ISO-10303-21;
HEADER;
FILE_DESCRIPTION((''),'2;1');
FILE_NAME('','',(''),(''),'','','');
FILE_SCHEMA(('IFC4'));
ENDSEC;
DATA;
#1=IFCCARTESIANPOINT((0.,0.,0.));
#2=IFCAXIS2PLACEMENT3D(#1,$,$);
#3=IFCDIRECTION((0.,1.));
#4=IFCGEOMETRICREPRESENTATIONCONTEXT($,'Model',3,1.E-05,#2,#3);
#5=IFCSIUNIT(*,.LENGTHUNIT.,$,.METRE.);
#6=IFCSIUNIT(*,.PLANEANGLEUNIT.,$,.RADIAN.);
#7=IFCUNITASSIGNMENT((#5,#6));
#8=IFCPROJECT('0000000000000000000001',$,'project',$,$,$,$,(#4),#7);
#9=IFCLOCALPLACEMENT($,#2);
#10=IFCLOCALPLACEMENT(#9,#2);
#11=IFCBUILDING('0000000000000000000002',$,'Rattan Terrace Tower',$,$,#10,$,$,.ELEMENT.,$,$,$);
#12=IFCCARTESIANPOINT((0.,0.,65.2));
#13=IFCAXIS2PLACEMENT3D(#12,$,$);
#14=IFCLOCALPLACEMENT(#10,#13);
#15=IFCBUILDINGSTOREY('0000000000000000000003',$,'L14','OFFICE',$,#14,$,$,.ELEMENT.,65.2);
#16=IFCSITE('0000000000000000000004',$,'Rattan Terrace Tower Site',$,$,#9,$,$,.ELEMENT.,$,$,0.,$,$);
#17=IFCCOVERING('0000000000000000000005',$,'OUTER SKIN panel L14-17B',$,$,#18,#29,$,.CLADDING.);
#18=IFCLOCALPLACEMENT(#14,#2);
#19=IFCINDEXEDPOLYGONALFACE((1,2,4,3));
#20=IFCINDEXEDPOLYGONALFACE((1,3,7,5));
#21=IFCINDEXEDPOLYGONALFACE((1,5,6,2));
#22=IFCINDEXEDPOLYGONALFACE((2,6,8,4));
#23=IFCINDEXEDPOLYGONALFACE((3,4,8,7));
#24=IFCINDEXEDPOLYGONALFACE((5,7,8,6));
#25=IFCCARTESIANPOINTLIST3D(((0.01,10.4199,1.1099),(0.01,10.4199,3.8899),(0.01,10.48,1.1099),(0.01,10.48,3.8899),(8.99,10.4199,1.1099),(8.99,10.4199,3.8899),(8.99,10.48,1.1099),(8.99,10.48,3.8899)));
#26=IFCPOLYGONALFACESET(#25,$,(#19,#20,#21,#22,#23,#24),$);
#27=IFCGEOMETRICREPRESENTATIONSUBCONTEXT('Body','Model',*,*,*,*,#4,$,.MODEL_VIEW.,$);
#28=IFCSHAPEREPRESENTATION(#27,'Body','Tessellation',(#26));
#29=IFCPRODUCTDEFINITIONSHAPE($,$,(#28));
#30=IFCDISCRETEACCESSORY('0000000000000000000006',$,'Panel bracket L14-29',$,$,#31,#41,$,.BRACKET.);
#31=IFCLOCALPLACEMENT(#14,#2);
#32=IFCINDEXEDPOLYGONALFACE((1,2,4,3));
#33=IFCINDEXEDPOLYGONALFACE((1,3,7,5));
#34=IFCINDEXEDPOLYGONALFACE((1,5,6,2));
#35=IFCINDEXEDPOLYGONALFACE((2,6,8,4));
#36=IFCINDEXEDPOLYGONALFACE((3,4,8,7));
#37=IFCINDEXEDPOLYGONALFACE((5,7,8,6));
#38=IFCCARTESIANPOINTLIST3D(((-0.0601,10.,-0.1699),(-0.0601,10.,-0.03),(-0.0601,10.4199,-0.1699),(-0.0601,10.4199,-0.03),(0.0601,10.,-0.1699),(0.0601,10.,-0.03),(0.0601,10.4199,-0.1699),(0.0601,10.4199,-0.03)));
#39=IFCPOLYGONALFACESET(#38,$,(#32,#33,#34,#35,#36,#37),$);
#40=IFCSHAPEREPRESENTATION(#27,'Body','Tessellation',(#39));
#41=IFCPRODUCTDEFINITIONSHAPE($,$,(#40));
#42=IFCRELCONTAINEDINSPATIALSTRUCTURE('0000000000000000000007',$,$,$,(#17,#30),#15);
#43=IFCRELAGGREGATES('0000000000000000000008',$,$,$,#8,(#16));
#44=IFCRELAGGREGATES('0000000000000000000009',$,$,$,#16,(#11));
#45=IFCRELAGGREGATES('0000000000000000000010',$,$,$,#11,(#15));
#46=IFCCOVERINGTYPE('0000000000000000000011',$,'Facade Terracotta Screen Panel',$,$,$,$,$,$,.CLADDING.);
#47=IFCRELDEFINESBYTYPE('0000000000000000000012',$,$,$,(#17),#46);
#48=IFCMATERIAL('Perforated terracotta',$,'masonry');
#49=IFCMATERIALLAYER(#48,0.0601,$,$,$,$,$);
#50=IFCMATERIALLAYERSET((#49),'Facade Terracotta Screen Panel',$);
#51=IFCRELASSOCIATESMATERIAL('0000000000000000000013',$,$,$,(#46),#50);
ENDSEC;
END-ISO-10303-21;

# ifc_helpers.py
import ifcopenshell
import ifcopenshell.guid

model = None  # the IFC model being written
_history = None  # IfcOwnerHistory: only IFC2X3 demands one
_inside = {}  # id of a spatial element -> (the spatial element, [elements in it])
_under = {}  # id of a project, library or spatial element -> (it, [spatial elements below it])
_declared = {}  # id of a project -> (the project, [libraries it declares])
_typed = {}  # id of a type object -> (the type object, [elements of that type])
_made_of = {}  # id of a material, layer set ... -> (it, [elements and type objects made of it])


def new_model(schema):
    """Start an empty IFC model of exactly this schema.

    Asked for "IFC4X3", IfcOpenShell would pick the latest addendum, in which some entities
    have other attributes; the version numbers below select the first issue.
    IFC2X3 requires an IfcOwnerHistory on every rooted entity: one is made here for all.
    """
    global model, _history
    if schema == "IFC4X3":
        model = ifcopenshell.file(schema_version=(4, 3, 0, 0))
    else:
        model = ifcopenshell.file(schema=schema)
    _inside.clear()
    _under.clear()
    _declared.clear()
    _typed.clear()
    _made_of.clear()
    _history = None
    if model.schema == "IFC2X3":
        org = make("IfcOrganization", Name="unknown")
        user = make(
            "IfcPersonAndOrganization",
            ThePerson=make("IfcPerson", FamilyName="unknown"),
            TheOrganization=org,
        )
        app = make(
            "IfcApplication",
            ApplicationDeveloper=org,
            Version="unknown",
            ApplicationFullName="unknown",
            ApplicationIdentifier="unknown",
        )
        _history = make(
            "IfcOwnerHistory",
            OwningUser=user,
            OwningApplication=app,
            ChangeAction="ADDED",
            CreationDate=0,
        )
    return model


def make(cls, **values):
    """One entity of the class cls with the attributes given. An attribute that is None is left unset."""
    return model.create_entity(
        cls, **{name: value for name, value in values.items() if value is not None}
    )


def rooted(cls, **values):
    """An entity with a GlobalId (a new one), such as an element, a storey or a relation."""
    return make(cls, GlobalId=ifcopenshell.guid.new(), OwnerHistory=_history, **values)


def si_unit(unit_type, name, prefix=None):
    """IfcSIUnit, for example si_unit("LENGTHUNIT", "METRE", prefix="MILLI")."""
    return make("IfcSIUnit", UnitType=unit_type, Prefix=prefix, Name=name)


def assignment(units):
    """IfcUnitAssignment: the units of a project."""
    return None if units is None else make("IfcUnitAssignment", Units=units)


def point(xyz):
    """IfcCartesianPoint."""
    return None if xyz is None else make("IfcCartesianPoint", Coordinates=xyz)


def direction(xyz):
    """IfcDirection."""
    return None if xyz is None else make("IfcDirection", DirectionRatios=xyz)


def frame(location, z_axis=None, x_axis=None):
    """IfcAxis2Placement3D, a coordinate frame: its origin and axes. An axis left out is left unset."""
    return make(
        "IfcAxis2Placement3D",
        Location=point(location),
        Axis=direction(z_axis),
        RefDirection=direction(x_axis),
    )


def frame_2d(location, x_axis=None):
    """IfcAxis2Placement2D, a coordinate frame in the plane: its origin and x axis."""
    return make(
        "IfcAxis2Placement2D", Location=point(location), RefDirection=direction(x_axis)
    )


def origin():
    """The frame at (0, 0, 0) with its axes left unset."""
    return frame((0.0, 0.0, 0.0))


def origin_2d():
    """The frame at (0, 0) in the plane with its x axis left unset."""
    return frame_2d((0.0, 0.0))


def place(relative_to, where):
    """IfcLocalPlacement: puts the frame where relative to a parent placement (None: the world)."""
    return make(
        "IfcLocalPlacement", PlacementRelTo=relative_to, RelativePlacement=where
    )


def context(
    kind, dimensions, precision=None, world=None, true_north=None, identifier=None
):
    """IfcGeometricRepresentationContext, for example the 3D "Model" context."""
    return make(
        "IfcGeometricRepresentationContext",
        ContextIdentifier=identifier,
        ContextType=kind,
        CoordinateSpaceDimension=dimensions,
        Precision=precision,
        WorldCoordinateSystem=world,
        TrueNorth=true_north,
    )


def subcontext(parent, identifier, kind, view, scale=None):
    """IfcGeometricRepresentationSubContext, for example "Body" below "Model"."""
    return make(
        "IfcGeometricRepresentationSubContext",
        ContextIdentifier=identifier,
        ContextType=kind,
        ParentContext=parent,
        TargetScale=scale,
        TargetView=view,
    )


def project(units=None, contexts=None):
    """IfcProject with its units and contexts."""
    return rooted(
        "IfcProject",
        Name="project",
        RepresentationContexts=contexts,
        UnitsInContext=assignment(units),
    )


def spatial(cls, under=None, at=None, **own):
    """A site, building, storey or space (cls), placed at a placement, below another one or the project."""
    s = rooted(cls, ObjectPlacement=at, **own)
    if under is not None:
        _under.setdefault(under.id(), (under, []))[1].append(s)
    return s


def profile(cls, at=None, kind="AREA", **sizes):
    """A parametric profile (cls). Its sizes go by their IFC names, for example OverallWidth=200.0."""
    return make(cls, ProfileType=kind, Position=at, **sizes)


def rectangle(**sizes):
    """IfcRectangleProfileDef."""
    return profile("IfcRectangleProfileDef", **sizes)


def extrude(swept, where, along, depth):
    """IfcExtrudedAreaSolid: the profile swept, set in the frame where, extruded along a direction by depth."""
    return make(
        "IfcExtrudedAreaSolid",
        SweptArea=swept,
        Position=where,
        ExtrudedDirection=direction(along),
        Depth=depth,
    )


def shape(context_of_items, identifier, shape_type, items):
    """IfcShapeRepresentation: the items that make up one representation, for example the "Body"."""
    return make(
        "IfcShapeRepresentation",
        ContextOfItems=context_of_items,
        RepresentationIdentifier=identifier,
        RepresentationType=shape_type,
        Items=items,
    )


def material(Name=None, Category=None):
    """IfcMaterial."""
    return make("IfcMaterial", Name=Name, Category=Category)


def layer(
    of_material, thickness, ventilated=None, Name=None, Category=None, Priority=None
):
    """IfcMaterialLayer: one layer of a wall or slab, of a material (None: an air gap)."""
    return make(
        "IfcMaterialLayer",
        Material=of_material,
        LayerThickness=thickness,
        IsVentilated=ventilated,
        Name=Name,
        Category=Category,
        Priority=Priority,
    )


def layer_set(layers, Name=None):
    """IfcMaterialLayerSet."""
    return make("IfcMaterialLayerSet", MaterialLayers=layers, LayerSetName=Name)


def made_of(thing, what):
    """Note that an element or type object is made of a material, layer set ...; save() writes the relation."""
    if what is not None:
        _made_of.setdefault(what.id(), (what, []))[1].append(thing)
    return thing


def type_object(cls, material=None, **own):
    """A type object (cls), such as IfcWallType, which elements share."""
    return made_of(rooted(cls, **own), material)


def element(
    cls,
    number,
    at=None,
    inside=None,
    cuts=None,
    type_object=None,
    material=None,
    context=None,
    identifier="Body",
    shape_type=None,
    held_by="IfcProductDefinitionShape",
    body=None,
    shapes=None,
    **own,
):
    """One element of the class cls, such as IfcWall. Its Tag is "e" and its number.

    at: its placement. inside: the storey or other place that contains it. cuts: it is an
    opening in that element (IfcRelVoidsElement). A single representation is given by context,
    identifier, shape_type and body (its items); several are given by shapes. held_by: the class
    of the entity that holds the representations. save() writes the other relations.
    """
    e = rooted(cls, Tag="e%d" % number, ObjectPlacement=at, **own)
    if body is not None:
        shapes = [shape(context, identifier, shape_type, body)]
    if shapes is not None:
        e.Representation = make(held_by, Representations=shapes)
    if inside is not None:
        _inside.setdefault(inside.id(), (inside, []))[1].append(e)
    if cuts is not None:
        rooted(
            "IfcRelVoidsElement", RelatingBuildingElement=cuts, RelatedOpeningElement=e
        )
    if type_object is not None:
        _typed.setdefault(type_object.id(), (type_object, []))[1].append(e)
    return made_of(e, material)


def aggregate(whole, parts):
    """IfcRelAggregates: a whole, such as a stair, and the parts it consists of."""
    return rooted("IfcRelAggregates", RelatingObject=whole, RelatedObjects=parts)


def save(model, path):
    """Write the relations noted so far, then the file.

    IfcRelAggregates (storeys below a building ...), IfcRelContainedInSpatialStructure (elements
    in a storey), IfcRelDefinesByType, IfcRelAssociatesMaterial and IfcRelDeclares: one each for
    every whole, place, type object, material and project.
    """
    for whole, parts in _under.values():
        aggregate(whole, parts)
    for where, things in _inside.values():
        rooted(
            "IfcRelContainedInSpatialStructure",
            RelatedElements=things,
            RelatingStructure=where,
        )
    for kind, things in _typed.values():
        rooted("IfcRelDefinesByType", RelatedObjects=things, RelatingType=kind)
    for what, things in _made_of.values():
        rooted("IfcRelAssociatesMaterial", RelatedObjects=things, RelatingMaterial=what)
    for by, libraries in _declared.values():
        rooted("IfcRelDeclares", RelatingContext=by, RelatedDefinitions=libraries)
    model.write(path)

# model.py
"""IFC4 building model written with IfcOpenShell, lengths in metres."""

from ifc_helpers import new_model, si_unit, direction, frame, origin, origin_2d, place, context, subcontext, project, spatial, rectangle, extrude, material, layer, layer_set, type_object, element, save


model = new_model("IFC4")

# Units and contexts
model_context = context("Model", 3, precision=1e-05, world=origin(), true_north=direction((0.0, 1.0)))
body_context = subcontext(model_context, "Body", "Model", "MODEL_VIEW")
ifc_project = project(units=[si_unit("LENGTHUNIT", "METRE"), si_unit("PLANEANGLEUNIT", "RADIAN")], contexts=[model_context])

# Site, building, storey
site_placement = place(None, origin())
site = spatial("IfcSite", under=ifc_project, at=site_placement, Name="Rattan Terrace Tower Site", CompositionType="ELEMENT", RefElevation=0.0)
building_placement = place(site_placement, origin())
building = spatial("IfcBuilding", under=site, at=building_placement, Name="Rattan Terrace Tower", CompositionType="ELEMENT")
storey_placement = place(building_placement, frame((0.0, 0.0, 65.2)))
storey = spatial("IfcBuildingStorey", under=building, at=storey_placement, Name="L14", Description="OFFICE", CompositionType="ELEMENT", Elevation=65.2)

# Covering
ifc_material_1 = material(Name="Perforated terracotta", Category="masonry")
ifc_layer_1 = layer(ifc_material_1, 0.0601)
ifc_layer_set_1 = layer_set([ifc_layer_1], Name="Facade Terracotta Screen Panel")
covering_type_1 = type_object("IfcCoveringType", Name="Facade Terracotta Screen Panel", PredefinedType="CLADDING", material=ifc_layer_set_1)
covering_1_placement = place(storey_placement, frame((4.5, 10.45, 1.1099), z_axis=(0.0, 0.0, 1.0), x_axis=(-1.0, 0.0, 0.0)))
element("IfcCovering", 1, at=covering_1_placement, inside=storey, type_object=covering_type_1, Name="OUTER SKIN panel L14-17B", PredefinedType="CLADDING", context=body_context, shape_type="SweptSolid", body=[
    extrude(rectangle(XDim=8.98, YDim=0.0601, at=origin_2d()), origin(), (0.0, 0.0, 1.0), 2.78),
])

# Discrete accessory
discrete_accessory_placement = place(storey_placement, frame((0.0, 10.21, -0.1699), z_axis=(0.0, 0.0, 1.0), x_axis=(-1.0, 0.0, 0.0)))
element("IfcDiscreteAccessory", 2, at=discrete_accessory_placement, inside=storey, Name="Panel bracket L14-29", PredefinedType="BRACKET", context=body_context, shape_type="SweptSolid", body=[
    extrude(rectangle(XDim=0.1201, YDim=0.4199, at=origin_2d()), origin(), (0.0, 0.0, 1.0), 0.1399),
])

save(model, "model.ifc")
